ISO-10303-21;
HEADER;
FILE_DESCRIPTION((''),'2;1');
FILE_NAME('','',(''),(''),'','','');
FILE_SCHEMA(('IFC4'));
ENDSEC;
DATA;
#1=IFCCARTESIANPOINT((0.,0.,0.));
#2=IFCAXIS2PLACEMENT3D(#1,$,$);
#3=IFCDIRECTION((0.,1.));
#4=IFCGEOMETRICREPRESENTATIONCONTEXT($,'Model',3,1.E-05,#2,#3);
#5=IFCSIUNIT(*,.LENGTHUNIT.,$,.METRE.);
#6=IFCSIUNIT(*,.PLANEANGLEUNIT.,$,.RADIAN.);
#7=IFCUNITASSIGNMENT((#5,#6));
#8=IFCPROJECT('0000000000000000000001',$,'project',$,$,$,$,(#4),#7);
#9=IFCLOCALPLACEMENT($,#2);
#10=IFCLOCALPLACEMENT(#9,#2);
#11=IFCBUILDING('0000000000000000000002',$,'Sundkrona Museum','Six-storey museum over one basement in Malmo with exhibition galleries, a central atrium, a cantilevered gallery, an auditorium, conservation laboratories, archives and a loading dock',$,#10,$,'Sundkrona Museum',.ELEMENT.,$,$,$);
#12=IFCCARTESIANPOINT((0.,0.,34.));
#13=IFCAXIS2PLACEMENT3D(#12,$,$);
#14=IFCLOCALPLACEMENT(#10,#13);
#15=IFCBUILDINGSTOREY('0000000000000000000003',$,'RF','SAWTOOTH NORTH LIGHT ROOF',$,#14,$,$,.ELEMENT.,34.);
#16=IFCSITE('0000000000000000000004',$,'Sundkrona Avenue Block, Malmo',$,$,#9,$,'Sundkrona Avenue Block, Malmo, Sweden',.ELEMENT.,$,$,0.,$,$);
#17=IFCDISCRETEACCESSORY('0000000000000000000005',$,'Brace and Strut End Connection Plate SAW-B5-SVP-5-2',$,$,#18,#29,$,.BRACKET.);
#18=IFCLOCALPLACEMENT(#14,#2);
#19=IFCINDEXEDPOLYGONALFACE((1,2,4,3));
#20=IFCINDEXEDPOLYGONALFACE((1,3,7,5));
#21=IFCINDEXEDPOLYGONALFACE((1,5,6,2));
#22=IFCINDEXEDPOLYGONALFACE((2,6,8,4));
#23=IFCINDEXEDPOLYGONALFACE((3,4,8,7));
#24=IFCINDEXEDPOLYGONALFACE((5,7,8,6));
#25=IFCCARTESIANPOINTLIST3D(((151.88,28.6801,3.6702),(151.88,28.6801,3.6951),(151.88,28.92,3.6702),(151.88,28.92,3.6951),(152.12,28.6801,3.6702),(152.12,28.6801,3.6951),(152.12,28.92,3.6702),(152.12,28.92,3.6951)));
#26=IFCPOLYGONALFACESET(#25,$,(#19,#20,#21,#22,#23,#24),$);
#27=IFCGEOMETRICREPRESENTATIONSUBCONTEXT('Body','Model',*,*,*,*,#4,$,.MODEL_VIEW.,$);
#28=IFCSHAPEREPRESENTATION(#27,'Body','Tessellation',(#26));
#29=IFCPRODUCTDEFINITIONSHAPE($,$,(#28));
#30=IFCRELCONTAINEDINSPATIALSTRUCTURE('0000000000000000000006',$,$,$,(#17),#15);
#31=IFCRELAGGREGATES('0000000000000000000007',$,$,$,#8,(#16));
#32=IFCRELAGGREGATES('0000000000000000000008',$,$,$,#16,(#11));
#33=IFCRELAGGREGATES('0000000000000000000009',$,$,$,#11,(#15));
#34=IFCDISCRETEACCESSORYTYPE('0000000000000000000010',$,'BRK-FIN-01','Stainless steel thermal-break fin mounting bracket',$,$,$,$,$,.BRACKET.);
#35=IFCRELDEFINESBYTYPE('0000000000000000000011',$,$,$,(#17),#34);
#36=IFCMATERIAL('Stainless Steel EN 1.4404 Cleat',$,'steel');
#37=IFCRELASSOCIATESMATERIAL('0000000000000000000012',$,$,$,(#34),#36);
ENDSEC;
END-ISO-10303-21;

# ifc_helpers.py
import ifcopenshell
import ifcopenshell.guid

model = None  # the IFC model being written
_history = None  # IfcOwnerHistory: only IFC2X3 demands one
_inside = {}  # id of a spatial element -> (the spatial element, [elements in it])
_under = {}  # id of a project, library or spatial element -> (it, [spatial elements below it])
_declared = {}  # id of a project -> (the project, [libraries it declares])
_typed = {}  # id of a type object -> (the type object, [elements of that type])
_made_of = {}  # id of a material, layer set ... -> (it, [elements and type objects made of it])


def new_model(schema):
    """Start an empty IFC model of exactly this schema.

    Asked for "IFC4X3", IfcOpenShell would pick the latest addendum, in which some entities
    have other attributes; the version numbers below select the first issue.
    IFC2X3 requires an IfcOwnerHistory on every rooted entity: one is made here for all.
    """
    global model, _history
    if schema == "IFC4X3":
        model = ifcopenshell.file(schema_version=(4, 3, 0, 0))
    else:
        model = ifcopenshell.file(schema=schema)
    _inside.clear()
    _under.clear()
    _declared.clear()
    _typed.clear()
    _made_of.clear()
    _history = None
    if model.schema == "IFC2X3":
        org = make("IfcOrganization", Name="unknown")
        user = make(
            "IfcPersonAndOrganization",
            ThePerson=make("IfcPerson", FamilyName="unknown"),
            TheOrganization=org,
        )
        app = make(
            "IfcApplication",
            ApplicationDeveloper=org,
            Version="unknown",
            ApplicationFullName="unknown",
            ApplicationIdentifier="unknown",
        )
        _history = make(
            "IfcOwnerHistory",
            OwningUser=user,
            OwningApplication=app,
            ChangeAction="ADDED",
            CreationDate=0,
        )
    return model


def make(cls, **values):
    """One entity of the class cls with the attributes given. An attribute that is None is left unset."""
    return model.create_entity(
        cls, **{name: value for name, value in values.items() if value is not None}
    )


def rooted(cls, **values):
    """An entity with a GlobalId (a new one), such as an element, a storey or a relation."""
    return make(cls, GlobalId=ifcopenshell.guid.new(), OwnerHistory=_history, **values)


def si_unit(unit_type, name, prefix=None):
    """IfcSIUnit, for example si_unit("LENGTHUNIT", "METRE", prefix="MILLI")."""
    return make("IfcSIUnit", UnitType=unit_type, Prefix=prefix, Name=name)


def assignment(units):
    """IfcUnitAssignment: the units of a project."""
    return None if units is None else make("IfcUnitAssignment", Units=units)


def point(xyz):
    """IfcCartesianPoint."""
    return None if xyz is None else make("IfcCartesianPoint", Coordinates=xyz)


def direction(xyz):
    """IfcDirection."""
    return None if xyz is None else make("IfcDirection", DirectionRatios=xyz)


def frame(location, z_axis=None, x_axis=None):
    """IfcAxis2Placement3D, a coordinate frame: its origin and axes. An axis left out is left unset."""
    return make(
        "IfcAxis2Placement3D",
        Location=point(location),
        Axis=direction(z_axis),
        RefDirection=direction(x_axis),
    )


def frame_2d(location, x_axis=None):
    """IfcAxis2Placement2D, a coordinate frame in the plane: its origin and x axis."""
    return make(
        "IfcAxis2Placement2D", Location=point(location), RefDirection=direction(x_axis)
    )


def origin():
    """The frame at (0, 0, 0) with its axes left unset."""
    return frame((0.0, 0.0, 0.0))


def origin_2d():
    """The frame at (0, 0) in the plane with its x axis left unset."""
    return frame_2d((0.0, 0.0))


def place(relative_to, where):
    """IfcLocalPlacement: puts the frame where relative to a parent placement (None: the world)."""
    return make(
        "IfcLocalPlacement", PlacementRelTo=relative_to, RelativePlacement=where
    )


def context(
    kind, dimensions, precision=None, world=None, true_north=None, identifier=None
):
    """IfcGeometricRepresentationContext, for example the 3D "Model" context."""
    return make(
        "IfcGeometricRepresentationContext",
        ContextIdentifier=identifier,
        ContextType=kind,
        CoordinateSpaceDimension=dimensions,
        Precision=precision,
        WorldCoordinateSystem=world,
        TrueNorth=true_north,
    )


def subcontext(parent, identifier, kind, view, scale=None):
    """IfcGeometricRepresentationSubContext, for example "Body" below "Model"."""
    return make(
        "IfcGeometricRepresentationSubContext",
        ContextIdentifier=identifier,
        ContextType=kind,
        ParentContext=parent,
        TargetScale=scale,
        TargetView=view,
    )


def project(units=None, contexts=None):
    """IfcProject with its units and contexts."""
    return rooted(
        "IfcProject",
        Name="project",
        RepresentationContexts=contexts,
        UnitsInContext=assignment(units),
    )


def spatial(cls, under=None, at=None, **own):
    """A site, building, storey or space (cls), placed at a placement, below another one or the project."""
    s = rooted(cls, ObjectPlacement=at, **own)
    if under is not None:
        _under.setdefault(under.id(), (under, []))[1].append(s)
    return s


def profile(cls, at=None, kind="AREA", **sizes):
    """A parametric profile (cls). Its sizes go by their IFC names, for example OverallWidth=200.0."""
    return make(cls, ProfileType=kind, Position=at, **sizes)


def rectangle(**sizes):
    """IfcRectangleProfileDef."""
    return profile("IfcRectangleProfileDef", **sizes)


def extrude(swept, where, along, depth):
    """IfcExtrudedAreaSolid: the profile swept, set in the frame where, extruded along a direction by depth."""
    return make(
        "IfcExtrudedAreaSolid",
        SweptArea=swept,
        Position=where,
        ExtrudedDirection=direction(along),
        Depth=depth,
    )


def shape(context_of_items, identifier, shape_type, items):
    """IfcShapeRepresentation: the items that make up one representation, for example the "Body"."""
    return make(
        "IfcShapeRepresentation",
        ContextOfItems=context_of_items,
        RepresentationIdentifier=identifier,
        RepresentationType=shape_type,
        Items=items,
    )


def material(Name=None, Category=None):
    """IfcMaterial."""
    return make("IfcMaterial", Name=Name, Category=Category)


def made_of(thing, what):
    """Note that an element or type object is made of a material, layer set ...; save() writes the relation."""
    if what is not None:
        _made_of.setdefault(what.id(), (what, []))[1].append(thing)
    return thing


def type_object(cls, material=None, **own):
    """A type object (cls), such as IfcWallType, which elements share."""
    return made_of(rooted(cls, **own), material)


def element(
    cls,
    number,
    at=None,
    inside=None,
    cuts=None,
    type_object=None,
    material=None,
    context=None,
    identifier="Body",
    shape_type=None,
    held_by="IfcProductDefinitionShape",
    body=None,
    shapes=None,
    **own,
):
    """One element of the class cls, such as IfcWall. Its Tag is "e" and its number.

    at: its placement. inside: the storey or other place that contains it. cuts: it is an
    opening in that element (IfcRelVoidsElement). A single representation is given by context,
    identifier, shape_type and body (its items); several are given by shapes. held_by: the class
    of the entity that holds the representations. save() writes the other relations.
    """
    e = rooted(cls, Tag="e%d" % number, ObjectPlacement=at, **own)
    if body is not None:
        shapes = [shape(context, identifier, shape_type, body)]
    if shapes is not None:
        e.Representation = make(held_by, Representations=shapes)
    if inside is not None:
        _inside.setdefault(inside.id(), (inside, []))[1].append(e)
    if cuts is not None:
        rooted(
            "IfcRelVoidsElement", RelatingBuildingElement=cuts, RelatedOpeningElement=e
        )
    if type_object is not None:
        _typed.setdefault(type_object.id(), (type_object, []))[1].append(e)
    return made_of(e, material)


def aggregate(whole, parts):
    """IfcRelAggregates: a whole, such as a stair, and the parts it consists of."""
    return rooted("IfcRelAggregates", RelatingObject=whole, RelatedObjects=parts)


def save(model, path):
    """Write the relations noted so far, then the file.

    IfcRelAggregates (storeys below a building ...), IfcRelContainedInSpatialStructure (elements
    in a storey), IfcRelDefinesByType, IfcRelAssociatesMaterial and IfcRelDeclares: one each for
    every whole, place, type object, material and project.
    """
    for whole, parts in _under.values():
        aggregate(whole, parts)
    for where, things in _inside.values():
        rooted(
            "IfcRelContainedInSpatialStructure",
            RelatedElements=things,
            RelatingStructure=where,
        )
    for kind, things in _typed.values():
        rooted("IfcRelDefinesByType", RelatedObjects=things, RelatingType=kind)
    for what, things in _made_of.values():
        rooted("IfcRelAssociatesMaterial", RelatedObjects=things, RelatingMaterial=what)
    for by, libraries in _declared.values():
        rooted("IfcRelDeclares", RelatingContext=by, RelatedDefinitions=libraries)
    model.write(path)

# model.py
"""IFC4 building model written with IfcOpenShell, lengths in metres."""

from ifc_helpers import new_model, si_unit, direction, frame, origin, origin_2d, place, context, subcontext, project, spatial, rectangle, extrude, material, type_object, element, save


model = new_model("IFC4")

# Units and contexts
model_context = context("Model", 3, precision=1e-05, world=origin(), true_north=direction((0.0, 1.0)))
body_context = subcontext(model_context, "Body", "Model", "MODEL_VIEW")
ifc_project = project(units=[si_unit("LENGTHUNIT", "METRE"), si_unit("PLANEANGLEUNIT", "RADIAN")], contexts=[model_context])

# Site, building, storey
site_placement = place(None, origin())
site = spatial("IfcSite", under=ifc_project, at=site_placement, Name="Sundkrona Avenue Block, Malmo", LongName="Sundkrona Avenue Block, Malmo, Sweden", CompositionType="ELEMENT", RefElevation=0.0)
building_placement = place(site_placement, origin())
building = spatial("IfcBuilding", under=site, at=building_placement, Name="Sundkrona Museum", Description="Six-storey museum over one basement in Malmo with exhibition galleries, a central atrium, a cantilevered gallery, an auditorium, conservation laboratories, archives and a loading dock", LongName="Sundkrona Museum", CompositionType="ELEMENT")
storey_placement = place(building_placement, frame((0.0, 0.0, 34.0)))
storey = spatial("IfcBuildingStorey", under=building, at=storey_placement, Name="RF", Description="SAWTOOTH NORTH LIGHT ROOF", CompositionType="ELEMENT", Elevation=34.0)

# Discrete accessory
ifc_material_1 = material(Name="Stainless Steel EN 1.4404 Cleat", Category="steel")
discrete_accessory_type = type_object("IfcDiscreteAccessoryType", Name="BRK-FIN-01", Description="Stainless steel thermal-break fin mounting bracket", PredefinedType="BRACKET", material=ifc_material_1)
for number, where, z_axis, x_axis, name in (
    (1, (152.0, 28.8, 3.6702), (0.0, 0.0, 1.0), (1.0, 0.0, 0.0), "Brace and Strut End Connection Plate SAW-B5-SVP-5-2"),
):
    element("IfcDiscreteAccessory", number, at=place(storey_placement, frame(where, z_axis=z_axis, x_axis=x_axis)), inside=storey, type_object=discrete_accessory_type, Name=name, PredefinedType="BRACKET", context=body_context, shape_type="SweptSolid", body=[
        extrude(rectangle(XDim=0.24, YDim=0.24, at=origin_2d()), origin(), (0.0, 0.0, 1.0), 0.0249),
    ])

save(model, "model.ifc")
